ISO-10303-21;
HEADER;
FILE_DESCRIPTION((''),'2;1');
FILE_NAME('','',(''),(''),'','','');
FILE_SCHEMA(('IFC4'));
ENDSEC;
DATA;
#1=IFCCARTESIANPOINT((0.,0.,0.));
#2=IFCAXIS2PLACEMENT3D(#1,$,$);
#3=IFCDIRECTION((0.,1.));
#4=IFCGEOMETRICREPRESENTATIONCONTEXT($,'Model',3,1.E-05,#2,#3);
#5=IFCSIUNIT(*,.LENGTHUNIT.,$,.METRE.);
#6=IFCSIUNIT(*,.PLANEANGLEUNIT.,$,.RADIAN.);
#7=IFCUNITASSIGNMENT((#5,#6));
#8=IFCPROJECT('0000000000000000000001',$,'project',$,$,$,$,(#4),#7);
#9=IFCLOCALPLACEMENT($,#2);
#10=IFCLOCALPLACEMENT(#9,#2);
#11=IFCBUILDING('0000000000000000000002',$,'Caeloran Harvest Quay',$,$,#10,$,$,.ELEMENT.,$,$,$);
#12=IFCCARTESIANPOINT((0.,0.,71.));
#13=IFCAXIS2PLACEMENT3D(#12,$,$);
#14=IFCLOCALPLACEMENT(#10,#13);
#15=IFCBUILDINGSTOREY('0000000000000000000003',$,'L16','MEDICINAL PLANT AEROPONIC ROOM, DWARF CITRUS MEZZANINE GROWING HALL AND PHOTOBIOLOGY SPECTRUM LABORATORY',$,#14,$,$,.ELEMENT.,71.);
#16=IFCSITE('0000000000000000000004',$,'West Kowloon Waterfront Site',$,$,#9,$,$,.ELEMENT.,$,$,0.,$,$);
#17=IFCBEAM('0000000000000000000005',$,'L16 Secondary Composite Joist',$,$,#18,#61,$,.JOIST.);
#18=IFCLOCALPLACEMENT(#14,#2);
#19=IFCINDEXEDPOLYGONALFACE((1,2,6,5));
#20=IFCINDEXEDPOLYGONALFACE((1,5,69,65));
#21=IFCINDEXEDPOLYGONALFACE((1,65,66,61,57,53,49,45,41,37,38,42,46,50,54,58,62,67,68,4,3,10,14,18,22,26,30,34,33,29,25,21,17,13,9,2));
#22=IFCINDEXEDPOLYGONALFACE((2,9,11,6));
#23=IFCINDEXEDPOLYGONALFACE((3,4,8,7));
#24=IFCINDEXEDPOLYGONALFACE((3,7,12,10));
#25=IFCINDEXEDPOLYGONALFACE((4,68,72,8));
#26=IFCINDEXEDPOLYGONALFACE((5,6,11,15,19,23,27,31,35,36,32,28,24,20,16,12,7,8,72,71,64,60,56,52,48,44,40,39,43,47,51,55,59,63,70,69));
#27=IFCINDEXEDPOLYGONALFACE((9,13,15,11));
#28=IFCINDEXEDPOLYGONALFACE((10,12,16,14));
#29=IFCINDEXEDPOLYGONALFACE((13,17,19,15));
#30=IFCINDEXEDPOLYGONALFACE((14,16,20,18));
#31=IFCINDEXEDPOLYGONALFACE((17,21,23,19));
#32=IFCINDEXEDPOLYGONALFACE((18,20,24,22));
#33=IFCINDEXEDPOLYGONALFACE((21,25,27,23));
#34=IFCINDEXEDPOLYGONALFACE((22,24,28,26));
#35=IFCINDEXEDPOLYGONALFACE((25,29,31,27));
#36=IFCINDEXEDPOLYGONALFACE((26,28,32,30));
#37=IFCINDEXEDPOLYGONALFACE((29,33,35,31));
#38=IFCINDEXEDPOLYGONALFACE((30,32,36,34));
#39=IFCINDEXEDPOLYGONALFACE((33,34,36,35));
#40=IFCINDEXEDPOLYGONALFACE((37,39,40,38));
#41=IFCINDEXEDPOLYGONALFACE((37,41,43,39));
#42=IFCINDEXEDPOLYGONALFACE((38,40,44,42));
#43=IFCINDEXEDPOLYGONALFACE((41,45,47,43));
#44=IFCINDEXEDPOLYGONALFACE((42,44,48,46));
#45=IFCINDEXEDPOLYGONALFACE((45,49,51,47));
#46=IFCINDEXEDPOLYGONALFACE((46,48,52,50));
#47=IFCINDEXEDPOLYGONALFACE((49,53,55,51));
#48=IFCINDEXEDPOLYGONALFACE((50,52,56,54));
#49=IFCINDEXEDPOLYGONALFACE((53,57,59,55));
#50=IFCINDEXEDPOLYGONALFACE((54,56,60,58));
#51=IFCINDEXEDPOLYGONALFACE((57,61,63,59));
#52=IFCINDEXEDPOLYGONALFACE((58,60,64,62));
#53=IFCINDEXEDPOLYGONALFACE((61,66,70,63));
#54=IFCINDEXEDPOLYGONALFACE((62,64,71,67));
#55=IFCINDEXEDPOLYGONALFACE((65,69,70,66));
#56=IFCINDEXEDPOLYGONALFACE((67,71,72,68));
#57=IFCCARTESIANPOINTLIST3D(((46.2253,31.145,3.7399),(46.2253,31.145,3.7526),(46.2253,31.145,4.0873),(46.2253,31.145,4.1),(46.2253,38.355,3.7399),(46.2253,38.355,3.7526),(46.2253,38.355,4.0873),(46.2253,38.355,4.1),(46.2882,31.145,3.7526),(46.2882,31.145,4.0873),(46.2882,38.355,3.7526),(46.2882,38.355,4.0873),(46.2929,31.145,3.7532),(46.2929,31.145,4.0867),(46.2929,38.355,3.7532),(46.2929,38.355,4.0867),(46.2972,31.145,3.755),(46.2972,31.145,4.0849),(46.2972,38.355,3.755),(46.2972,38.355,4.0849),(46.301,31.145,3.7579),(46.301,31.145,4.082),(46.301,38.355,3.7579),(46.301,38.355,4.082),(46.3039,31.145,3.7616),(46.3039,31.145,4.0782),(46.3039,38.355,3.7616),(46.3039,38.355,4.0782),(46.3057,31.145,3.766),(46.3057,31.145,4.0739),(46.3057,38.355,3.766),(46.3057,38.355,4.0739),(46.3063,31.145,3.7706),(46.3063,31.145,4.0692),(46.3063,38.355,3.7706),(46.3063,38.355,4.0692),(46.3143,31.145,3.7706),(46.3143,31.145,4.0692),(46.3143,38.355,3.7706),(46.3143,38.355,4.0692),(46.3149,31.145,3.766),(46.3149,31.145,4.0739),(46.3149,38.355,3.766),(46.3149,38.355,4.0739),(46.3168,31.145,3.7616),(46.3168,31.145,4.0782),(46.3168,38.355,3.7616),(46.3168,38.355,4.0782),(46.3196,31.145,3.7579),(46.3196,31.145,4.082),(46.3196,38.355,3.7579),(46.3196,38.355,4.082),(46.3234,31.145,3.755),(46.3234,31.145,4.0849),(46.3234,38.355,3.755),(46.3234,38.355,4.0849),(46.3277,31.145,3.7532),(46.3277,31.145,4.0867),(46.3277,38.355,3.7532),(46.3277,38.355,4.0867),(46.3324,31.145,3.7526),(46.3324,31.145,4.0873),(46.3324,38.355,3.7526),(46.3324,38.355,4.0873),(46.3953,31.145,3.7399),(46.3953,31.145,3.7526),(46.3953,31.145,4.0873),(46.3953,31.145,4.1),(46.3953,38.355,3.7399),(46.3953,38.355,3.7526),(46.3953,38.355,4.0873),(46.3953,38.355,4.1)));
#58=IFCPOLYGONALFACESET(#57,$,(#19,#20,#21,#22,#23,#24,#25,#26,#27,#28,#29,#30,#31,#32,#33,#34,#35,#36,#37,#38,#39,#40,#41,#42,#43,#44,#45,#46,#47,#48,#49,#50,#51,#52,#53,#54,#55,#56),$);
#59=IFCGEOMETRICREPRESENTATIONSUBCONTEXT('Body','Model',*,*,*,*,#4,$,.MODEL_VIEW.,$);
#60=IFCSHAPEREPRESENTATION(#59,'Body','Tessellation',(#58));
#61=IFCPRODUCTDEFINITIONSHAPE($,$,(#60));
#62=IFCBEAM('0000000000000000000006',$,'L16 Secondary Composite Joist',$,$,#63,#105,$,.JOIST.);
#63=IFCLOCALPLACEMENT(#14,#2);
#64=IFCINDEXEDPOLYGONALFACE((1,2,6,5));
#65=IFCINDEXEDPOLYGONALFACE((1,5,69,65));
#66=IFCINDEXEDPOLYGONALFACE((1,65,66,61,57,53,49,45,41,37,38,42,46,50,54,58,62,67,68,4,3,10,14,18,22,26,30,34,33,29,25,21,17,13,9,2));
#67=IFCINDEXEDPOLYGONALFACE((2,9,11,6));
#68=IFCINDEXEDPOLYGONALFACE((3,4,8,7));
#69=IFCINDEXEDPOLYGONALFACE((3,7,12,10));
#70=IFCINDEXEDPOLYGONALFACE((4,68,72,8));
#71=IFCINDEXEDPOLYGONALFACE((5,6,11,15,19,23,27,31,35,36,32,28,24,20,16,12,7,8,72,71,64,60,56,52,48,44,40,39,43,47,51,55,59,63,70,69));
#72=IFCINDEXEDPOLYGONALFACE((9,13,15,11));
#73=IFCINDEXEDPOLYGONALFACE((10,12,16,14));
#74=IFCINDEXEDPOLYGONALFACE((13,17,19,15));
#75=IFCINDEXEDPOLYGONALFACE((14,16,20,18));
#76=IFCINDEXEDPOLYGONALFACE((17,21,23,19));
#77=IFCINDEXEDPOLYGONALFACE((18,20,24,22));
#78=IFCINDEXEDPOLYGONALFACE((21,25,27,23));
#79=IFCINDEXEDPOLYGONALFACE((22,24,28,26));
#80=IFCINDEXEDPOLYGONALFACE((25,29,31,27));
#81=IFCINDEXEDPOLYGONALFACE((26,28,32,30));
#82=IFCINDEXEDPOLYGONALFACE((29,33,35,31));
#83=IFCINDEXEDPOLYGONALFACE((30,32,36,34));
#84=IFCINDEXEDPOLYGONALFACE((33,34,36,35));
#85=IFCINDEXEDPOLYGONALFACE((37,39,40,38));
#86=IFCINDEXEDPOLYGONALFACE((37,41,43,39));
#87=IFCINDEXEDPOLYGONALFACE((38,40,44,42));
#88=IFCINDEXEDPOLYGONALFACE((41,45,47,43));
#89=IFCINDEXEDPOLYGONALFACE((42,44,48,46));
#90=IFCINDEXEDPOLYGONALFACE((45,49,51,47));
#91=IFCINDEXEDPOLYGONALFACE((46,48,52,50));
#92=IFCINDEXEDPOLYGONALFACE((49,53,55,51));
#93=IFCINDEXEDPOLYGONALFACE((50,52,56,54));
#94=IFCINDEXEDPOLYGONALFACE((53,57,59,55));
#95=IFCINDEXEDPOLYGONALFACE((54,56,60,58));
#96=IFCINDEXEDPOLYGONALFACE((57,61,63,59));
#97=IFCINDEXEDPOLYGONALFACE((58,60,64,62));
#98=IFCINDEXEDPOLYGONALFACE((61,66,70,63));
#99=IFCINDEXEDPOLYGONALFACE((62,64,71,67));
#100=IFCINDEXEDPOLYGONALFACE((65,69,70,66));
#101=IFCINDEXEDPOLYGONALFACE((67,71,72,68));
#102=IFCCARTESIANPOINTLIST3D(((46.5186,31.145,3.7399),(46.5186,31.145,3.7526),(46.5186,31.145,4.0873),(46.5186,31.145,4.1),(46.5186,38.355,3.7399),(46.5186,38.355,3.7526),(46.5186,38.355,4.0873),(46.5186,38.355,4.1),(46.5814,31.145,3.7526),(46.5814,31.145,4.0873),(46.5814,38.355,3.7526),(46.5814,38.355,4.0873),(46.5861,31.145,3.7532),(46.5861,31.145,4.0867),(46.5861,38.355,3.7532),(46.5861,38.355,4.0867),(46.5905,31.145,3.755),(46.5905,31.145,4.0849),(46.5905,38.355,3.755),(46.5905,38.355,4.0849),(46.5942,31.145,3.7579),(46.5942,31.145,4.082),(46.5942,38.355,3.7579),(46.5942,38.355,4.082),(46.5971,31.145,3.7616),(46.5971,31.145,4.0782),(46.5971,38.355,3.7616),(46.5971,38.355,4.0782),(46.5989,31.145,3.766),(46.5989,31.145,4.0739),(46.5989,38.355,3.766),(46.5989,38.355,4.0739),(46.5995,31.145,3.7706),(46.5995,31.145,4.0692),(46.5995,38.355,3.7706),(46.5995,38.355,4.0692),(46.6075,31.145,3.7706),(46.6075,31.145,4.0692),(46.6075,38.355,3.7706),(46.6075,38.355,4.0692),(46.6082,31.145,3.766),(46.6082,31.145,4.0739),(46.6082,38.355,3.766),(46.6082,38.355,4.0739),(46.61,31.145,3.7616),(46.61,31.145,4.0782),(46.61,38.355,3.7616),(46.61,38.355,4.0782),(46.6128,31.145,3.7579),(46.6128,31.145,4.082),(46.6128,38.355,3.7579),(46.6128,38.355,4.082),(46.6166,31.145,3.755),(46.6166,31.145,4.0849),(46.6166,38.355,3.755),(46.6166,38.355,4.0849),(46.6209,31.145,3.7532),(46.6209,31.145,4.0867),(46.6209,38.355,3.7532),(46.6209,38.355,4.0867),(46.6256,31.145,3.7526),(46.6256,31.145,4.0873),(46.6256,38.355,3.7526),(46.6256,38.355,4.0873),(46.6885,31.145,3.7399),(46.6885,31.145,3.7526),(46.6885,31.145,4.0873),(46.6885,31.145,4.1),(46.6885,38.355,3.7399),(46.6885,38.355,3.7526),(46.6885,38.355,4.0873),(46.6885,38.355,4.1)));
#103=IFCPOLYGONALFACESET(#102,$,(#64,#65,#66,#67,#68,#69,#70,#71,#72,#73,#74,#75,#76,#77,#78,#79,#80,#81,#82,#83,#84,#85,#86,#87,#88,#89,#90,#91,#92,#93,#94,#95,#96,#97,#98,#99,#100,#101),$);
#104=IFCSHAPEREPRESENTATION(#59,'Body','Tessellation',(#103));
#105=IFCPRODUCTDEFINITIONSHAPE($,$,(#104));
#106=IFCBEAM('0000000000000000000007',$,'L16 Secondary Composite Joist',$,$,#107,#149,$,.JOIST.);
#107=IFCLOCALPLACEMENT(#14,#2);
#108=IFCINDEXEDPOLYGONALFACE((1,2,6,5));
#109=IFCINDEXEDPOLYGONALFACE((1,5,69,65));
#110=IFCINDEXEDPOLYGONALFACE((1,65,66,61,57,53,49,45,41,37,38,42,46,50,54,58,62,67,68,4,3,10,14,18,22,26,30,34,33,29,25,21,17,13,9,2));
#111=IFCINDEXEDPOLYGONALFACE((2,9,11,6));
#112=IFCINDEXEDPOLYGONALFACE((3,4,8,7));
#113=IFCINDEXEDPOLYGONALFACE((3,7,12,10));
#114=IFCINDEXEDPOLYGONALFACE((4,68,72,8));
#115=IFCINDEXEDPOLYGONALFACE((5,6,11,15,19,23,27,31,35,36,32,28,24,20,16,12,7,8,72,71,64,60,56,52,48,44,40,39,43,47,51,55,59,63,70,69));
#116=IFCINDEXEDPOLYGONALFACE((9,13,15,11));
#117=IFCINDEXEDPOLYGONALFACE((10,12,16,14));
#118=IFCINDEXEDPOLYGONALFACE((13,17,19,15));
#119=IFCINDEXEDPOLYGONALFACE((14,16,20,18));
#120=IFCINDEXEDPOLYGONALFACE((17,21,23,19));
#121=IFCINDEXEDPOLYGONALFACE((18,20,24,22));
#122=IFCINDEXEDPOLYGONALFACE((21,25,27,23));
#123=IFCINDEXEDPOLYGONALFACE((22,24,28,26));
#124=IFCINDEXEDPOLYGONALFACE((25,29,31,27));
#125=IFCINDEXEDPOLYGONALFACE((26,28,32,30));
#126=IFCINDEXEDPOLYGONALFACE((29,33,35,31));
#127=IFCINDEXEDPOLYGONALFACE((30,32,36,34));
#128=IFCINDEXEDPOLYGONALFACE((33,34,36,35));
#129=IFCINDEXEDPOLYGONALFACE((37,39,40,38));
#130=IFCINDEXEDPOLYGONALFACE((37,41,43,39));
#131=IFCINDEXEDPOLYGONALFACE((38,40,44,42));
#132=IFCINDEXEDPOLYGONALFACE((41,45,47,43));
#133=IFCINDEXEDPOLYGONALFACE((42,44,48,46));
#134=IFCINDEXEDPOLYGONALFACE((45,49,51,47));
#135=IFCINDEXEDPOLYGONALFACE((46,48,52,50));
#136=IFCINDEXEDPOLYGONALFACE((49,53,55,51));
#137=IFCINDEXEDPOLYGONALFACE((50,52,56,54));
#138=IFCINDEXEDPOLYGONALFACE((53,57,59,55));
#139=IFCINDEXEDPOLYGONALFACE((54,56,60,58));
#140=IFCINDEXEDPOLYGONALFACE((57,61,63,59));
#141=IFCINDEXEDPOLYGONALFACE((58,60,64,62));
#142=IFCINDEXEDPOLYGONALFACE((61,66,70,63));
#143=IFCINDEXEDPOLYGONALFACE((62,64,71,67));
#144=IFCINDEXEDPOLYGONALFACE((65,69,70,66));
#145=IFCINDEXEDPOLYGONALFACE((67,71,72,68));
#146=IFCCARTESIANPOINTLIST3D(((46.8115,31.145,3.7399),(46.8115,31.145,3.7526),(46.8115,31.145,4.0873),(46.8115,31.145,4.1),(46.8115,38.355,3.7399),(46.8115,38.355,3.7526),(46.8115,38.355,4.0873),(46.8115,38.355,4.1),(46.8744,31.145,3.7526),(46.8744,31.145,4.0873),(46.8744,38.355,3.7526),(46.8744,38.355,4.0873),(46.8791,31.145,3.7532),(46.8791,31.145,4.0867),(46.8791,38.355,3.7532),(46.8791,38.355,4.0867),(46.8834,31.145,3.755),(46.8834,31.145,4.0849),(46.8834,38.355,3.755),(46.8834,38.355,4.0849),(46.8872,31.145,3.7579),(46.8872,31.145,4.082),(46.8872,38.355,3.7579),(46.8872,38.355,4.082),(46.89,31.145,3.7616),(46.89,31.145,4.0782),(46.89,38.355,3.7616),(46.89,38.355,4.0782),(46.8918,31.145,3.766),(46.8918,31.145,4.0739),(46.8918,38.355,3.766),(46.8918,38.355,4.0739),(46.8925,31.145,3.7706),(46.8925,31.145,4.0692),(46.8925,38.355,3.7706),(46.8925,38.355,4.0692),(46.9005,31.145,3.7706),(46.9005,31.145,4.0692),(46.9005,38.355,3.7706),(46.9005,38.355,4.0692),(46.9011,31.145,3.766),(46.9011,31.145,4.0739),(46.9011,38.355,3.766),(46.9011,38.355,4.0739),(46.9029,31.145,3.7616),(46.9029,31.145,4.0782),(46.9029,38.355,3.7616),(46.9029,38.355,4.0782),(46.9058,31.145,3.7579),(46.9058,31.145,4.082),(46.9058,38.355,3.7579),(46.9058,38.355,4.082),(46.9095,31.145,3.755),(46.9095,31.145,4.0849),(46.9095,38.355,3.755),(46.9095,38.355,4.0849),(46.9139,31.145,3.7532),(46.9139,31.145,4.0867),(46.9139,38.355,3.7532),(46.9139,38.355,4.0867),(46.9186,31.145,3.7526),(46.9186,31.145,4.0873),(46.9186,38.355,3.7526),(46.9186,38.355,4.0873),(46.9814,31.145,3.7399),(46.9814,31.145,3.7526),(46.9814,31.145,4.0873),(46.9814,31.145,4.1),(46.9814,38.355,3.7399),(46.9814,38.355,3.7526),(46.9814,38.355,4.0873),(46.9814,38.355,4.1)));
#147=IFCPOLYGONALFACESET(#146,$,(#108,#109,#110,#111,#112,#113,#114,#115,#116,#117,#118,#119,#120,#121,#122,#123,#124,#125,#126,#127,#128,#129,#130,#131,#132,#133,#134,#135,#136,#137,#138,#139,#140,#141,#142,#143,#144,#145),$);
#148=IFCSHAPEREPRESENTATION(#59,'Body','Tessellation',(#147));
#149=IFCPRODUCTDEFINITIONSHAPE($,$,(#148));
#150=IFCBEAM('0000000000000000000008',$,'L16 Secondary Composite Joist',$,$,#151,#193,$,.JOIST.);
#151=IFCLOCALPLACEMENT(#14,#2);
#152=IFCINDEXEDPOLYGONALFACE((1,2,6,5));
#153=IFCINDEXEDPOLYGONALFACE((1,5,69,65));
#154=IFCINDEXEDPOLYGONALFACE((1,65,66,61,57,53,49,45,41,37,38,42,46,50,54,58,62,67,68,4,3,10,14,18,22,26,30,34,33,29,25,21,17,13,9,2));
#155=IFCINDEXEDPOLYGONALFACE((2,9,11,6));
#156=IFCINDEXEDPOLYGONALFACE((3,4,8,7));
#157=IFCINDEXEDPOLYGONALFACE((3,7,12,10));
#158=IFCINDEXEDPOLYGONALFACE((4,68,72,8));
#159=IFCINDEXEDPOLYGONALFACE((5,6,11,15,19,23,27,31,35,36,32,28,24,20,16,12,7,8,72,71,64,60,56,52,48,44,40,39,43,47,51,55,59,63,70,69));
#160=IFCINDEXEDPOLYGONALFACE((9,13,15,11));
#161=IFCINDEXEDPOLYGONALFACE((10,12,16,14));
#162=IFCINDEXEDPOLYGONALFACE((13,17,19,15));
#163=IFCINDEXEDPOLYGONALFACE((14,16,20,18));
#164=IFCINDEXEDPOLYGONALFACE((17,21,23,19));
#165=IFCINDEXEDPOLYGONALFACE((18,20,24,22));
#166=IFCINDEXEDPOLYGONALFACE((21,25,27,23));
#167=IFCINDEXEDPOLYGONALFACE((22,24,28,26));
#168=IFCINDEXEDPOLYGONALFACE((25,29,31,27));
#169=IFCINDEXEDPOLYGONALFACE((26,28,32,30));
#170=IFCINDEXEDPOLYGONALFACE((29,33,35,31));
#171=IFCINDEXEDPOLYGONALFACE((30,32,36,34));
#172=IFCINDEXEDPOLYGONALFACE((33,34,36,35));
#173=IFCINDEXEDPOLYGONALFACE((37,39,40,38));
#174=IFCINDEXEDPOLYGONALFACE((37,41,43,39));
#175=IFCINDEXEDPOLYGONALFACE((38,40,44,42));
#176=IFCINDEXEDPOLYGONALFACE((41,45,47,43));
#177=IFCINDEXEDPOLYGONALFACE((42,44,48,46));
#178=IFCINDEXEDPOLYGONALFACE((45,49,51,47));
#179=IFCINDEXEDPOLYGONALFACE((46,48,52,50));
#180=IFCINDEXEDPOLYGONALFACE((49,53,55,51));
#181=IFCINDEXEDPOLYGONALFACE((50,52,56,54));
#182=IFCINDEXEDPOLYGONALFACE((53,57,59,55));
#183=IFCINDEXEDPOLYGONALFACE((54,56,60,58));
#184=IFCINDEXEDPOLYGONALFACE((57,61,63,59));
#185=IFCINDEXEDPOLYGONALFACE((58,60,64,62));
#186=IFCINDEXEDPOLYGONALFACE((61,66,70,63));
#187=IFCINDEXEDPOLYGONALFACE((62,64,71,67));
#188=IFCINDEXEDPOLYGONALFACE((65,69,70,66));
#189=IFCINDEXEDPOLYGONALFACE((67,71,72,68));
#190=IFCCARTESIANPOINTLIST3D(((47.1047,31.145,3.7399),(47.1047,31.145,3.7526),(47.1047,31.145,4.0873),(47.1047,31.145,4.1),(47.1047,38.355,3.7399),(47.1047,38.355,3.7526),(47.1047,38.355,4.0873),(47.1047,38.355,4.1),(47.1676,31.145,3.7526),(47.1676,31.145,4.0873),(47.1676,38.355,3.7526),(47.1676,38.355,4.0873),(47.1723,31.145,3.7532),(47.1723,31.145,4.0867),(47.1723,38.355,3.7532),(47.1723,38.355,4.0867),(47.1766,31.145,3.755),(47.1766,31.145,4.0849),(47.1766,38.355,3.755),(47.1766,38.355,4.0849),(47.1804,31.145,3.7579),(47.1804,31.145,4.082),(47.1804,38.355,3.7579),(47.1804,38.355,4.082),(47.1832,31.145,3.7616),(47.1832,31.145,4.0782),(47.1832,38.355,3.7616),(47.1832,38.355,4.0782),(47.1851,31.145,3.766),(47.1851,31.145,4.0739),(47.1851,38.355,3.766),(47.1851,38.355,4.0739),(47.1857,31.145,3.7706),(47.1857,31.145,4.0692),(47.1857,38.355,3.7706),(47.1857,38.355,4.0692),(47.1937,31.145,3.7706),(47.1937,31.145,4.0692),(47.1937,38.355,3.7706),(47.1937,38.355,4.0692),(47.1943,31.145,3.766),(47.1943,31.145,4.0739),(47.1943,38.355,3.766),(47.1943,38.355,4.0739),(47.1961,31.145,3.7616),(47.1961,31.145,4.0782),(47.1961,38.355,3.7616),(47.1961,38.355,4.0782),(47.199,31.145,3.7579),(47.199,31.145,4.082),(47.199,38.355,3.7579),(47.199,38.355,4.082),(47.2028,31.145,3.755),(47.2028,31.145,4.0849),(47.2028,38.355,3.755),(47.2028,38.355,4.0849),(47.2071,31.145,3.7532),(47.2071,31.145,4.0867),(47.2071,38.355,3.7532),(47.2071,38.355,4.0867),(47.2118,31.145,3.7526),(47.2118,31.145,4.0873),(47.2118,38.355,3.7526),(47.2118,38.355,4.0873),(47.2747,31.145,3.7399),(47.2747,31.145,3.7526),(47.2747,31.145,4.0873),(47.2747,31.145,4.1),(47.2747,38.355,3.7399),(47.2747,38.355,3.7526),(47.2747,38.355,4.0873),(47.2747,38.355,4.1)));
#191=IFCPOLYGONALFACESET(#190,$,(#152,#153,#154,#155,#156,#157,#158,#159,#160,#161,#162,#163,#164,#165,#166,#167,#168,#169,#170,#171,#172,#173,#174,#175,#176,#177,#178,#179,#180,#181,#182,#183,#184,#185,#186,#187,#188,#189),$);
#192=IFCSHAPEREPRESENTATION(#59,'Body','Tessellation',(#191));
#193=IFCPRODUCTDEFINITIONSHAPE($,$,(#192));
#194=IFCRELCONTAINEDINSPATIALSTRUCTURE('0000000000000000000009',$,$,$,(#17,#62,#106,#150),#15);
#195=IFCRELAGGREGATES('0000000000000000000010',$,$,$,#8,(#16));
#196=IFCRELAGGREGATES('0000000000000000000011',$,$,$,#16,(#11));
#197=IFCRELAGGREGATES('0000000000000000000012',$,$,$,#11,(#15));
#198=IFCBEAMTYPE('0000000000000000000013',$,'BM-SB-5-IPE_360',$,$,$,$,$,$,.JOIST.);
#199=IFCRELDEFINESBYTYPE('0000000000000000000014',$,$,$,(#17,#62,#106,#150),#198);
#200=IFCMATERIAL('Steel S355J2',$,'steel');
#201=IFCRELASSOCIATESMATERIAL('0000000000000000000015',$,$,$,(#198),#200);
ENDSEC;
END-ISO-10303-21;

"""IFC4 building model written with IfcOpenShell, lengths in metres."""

from ifc_helpers import new_model, si_unit, direction, frame, origin, origin_2d, place, context, subcontext, project, spatial, i_section, extrude, material, material_profile, profile_set, type_object, element, save


model = new_model("IFC4")

# Units and contexts
model_context = context("Model", 3, precision=1e-05, world=origin(), true_north=direction((0.0, 1.0)))
body_context = subcontext(model_context, "Body", "Model", "MODEL_VIEW")
ifc_project = project(units=[si_unit("LENGTHUNIT", "METRE"), si_unit("PLANEANGLEUNIT", "RADIAN")], contexts=[model_context])

# Site, building, storey
site_placement = place(None, origin())
site = spatial("IfcSite", under=ifc_project, at=site_placement, Name="West Kowloon Waterfront Site", CompositionType="ELEMENT", RefElevation=0.0)
building_placement = place(site_placement, origin())
building = spatial("IfcBuilding", under=site, at=building_placement, Name="Caeloran Harvest Quay", CompositionType="ELEMENT")
storey_placement = place(building_placement, frame((0.0, 0.0, 71.0)))
storey = spatial("IfcBuildingStorey", under=building, at=storey_placement, Name="L16", Description="MEDICINAL PLANT AEROPONIC ROOM, DWARF CITRUS MEZZANINE GROWING HALL AND PHOTOBIOLOGY SPECTRUM LABORATORY", CompositionType="ELEMENT", Elevation=71.0)

# Beams
ifc_material_1 = material(Name="Steel S355J2", Category="steel")
ifc_material_profile_1 = material_profile(ifc_material_1, i_section(OverallWidth=0.1699, OverallDepth=0.3601, WebThickness=0.0081, FlangeThickness=0.0127, FilletRadius=0.0181, at=origin_2d()), Name="IPE 360")
ifc_profile_set_1 = profile_set([ifc_material_profile_1], Name="Steel S355J2")
beam_type_1 = type_object("IfcBeamType", Name="BM-SB-5-IPE_360", PredefinedType="JOIST", material=ifc_profile_set_1)
for number, where, z_axis, x_axis, name in (
    (1, (46.3103, 31.145, 3.9199), (0.0, 1.0, 0.0), (-1.0, 0.0, 0.0), "L16 Secondary Composite Joist"),
    (2, (46.6035, 31.145, 3.9199), (0.0, 1.0, 0.0), (-1.0, 0.0, 0.0), "L16 Secondary Composite Joist"),
    (3, (46.8965, 31.145, 3.9199), (0.0, 1.0, 0.0), (-1.0, 0.0, 0.0), "L16 Secondary Composite Joist"),
    (4, (47.1897, 31.145, 3.9199), (0.0, 1.0, 0.0), (-1.0, 0.0, 0.0), "L16 Secondary Composite Joist"),
):
    element("IfcBeam", number, at=place(storey_placement, frame(where, z_axis=z_axis, x_axis=x_axis)), inside=storey, type_object=beam_type_1, Name=name, PredefinedType="JOIST", context=body_context, shape_type="SweptSolid", body=[
        extrude(i_section(OverallWidth=0.1699, OverallDepth=0.3601, WebThickness=0.0081, FlangeThickness=0.0127, FilletRadius=0.0181, at=origin_2d()), origin(), (0.0, 0.0, 1.0), 7.21),
    ])

save(model, "model.ifc")
